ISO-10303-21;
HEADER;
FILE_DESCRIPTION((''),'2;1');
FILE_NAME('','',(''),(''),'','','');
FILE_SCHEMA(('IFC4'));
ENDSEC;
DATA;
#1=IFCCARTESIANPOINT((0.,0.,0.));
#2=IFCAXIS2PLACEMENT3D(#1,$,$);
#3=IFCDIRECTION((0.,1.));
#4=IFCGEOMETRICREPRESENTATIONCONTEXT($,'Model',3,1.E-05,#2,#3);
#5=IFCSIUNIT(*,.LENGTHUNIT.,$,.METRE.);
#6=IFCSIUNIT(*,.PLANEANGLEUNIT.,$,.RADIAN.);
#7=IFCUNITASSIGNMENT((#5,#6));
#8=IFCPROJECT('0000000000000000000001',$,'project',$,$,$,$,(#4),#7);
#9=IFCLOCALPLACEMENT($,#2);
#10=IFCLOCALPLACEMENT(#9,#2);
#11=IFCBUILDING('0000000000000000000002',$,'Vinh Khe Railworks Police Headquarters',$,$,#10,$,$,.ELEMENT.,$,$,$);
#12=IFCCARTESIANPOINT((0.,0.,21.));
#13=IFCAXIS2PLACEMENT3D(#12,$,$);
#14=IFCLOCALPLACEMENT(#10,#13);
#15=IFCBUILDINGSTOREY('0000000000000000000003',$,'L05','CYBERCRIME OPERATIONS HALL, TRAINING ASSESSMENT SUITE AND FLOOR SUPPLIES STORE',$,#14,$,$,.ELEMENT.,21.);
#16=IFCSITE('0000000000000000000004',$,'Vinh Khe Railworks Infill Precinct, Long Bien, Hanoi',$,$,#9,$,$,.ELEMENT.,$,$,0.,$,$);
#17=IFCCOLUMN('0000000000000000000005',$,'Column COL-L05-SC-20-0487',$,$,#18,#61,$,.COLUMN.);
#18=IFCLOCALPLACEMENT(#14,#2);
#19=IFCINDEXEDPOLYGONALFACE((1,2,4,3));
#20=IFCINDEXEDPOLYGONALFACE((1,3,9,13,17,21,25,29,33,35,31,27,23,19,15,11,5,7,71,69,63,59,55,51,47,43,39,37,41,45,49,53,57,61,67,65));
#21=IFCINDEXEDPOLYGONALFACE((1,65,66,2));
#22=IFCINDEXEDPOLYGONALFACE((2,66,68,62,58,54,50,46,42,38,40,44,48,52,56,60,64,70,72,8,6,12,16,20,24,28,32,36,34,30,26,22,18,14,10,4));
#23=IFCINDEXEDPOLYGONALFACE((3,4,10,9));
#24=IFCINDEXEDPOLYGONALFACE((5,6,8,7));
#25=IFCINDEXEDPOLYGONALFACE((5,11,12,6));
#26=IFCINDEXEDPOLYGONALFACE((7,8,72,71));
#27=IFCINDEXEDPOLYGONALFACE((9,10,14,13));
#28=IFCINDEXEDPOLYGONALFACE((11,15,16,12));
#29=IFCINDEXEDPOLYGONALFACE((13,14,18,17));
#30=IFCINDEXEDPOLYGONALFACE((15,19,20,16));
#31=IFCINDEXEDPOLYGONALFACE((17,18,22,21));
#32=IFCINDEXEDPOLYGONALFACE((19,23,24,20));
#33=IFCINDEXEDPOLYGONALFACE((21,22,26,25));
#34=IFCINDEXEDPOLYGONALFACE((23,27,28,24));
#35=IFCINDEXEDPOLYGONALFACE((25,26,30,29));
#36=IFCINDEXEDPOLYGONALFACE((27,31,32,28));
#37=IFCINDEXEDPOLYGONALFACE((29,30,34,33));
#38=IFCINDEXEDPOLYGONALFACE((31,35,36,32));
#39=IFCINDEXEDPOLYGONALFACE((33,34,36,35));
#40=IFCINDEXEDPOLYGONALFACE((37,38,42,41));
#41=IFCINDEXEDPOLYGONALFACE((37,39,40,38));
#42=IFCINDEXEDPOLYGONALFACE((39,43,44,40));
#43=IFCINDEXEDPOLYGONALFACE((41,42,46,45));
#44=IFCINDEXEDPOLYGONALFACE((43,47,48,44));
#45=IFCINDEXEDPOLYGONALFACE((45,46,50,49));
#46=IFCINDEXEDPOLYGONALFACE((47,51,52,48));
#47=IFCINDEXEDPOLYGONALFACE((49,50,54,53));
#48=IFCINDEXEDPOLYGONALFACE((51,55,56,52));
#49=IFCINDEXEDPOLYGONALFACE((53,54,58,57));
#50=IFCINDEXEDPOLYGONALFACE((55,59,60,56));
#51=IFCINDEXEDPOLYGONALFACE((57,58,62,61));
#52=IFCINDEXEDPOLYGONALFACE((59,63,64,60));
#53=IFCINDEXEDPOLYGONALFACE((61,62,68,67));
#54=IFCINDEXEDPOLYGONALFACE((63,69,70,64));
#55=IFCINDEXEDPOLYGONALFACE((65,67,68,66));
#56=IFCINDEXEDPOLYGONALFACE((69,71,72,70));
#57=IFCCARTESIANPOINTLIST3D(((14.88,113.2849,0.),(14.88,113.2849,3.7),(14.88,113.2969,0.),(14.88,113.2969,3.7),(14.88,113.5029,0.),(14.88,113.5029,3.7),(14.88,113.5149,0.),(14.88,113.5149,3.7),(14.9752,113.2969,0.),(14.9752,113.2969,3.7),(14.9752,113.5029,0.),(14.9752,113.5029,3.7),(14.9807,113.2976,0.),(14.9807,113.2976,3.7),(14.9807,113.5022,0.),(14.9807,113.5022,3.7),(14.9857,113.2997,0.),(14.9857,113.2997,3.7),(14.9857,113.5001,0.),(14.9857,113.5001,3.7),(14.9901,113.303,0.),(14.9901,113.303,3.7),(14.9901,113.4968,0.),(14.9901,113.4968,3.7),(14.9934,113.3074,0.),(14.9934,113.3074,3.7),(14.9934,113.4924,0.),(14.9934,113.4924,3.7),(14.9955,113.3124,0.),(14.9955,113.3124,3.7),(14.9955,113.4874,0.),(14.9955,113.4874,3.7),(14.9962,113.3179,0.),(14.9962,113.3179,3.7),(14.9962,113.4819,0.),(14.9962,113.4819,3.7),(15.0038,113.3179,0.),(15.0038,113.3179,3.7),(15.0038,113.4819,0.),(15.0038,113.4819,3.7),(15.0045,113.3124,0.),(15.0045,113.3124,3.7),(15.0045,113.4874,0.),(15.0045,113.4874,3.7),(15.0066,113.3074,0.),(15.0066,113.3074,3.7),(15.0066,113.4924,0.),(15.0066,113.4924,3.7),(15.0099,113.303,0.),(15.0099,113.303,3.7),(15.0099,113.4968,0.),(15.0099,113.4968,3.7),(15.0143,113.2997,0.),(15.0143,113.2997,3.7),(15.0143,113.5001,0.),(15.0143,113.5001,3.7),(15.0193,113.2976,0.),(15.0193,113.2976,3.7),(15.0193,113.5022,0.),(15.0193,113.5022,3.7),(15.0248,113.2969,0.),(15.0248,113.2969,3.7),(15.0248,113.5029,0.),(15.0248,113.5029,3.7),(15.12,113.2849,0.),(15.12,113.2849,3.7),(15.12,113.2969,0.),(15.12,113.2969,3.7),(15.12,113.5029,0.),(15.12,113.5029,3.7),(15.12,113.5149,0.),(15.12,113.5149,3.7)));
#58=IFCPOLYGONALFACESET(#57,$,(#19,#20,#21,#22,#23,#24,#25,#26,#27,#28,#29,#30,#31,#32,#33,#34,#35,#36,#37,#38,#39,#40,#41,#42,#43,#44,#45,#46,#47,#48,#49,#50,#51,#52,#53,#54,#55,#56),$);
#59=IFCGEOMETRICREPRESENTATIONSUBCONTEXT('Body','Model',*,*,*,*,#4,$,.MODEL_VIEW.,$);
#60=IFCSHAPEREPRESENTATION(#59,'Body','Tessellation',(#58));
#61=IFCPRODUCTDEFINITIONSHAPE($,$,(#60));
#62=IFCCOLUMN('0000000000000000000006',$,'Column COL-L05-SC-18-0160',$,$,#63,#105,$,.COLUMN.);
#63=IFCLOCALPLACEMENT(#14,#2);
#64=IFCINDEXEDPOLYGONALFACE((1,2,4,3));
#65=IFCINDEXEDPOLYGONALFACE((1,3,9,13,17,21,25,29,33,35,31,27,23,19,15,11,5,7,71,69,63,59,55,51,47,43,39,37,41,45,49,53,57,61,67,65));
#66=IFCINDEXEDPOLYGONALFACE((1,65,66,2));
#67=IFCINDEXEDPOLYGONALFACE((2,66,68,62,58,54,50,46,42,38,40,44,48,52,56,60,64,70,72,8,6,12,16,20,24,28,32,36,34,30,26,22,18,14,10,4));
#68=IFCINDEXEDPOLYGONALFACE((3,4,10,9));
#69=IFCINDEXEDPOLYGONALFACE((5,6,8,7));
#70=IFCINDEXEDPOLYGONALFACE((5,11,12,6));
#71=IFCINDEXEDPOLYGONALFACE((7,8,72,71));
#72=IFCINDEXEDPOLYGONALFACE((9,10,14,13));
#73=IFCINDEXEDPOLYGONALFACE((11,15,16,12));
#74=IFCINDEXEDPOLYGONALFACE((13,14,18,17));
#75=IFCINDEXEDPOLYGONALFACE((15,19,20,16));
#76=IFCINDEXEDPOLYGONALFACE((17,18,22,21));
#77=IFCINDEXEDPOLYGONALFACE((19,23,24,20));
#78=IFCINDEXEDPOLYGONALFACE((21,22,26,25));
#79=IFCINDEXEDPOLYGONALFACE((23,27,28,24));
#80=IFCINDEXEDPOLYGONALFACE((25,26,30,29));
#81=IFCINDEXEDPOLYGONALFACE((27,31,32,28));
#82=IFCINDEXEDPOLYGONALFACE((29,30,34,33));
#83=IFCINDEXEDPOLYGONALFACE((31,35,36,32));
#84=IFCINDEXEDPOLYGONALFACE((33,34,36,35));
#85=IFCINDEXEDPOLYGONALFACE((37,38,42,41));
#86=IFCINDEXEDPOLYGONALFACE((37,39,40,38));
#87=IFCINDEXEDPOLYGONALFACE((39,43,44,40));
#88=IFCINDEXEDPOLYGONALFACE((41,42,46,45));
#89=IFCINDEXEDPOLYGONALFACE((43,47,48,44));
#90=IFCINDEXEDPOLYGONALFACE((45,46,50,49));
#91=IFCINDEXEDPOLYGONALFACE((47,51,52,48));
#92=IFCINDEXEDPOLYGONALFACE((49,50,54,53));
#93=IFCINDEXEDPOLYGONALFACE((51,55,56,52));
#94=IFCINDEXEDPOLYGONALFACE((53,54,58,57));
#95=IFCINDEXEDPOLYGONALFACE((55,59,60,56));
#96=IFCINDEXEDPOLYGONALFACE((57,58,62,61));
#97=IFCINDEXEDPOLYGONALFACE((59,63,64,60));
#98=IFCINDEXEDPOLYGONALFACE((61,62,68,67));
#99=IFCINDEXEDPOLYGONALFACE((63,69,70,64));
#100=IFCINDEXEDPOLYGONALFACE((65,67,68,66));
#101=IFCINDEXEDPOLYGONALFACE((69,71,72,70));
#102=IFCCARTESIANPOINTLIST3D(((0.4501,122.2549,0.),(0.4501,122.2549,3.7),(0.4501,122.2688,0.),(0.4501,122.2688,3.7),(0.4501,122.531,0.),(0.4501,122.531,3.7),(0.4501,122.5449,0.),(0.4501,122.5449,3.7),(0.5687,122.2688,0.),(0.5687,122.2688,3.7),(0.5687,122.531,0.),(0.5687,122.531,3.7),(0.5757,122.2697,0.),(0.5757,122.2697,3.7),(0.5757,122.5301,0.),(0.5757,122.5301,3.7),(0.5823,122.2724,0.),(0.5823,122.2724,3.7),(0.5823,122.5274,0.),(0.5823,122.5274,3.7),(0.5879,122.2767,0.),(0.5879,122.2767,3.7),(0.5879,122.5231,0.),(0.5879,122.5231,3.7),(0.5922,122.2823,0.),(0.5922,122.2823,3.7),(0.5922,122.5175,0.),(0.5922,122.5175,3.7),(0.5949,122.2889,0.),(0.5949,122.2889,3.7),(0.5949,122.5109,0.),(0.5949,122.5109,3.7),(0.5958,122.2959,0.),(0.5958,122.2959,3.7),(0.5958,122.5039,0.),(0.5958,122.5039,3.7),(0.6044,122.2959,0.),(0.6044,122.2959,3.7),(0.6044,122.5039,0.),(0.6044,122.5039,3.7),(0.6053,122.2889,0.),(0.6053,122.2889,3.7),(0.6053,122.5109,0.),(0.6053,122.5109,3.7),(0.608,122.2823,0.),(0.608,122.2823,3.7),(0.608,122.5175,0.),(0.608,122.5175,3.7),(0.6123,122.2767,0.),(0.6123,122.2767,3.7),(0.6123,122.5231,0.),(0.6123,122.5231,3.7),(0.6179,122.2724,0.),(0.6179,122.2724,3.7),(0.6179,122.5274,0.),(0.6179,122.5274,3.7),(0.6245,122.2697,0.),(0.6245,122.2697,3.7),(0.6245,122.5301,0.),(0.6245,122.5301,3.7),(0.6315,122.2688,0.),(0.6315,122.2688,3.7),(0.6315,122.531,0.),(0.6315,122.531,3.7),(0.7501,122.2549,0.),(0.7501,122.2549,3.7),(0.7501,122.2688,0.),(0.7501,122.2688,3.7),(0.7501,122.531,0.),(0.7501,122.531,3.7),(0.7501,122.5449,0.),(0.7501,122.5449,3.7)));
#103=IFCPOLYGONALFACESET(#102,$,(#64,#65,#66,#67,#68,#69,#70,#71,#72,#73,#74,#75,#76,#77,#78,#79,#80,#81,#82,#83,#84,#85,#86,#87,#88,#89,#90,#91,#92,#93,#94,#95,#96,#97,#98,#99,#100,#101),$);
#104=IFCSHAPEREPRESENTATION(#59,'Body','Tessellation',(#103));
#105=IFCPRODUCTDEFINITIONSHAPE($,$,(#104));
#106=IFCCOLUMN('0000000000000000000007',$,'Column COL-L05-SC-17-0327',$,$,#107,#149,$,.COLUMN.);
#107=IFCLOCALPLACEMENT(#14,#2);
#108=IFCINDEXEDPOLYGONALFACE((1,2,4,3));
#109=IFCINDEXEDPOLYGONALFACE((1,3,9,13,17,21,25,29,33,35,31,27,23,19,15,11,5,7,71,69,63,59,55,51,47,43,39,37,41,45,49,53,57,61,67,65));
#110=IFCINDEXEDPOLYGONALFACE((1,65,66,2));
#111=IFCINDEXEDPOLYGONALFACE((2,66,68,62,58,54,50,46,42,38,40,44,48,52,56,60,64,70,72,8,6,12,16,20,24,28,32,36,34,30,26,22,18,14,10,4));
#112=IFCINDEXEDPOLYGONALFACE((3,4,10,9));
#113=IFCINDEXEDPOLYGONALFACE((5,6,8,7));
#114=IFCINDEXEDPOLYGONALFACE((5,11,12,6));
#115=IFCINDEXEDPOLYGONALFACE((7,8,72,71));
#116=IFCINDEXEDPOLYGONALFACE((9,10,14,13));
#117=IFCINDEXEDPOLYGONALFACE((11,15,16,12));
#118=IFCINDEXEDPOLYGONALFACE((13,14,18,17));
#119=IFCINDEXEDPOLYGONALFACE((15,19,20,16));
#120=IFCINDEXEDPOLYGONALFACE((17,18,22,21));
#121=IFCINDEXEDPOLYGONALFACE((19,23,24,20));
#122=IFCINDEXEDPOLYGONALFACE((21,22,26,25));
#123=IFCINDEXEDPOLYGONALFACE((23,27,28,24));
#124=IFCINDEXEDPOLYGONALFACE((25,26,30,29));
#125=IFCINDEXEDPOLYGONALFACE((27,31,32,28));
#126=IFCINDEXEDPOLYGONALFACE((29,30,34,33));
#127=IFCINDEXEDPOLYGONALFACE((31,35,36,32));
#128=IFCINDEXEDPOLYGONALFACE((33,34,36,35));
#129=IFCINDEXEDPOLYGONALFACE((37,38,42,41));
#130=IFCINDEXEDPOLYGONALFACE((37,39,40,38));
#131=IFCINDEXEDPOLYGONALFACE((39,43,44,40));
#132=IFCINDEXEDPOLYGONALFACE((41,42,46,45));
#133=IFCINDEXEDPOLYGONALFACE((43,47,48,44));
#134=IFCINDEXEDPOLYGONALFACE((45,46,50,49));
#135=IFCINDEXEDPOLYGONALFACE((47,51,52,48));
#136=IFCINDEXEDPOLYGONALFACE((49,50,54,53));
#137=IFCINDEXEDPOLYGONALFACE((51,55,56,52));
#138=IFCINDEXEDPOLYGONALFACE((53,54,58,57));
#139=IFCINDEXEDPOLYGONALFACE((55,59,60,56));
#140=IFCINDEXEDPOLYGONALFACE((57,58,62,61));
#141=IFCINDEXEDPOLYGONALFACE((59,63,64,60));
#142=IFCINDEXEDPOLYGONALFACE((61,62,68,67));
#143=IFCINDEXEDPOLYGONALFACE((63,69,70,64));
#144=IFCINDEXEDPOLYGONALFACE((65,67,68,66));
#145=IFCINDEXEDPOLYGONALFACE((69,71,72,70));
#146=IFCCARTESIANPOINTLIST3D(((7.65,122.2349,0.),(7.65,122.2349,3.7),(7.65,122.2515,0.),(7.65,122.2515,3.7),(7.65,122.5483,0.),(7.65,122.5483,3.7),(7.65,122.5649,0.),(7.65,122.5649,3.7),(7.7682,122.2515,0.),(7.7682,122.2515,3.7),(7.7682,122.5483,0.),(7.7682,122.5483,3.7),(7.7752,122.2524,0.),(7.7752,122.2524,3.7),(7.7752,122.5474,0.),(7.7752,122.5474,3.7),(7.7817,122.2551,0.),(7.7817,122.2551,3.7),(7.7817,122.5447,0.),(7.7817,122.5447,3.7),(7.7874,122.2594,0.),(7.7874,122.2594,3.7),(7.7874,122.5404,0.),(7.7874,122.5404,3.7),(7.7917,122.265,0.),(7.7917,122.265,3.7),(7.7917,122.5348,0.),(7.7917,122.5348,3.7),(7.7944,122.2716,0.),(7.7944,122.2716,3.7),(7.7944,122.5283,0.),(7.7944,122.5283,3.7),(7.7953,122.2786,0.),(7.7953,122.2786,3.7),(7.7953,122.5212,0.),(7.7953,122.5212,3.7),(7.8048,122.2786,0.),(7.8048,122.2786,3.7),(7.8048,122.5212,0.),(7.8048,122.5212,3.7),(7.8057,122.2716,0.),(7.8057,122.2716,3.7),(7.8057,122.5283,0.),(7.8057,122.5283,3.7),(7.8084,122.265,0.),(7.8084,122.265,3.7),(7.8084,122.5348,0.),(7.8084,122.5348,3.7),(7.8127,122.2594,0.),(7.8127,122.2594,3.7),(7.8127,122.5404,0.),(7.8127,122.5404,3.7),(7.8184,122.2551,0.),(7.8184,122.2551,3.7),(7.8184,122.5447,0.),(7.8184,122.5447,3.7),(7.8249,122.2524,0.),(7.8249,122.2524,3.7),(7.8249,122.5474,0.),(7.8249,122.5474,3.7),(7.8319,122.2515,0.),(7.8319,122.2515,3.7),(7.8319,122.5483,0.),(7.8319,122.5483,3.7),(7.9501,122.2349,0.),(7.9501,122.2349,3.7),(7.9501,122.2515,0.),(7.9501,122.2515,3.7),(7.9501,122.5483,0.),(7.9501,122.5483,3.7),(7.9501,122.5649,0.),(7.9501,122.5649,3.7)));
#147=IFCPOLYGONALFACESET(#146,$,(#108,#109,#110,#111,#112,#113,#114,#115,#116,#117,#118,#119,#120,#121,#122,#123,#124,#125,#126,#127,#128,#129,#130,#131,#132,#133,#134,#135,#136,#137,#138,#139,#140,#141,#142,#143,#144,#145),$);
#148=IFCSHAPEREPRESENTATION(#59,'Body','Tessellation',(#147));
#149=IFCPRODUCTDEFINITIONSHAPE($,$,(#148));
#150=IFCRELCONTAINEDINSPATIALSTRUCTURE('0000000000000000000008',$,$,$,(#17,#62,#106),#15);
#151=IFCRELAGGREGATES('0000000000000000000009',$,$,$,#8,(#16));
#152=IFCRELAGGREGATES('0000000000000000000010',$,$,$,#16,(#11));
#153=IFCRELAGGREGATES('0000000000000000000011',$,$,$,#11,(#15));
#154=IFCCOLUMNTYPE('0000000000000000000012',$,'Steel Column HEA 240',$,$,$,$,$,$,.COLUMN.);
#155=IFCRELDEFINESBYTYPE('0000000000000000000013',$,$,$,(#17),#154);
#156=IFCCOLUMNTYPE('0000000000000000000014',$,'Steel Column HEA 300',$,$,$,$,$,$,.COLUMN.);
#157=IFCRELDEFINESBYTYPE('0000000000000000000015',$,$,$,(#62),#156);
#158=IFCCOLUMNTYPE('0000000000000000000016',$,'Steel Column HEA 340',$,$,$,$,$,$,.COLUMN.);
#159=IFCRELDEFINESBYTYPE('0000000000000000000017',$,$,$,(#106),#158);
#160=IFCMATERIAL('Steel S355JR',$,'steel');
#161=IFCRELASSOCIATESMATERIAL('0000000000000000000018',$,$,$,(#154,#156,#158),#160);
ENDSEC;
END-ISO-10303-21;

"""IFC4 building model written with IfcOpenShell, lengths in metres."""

from ifc_helpers import new_model, si_unit, direction, frame, origin, origin_2d, place, context, subcontext, project, spatial, i_section, extrude, material, material_profile, profile_set, type_object, element, save


model = new_model("IFC4")

# Units and contexts
model_context = context("Model", 3, precision=1e-05, world=origin(), true_north=direction((0.0, 1.0)))
body_context = subcontext(model_context, "Body", "Model", "MODEL_VIEW")
ifc_project = project(units=[si_unit("LENGTHUNIT", "METRE"), si_unit("PLANEANGLEUNIT", "RADIAN")], contexts=[model_context])

# Site, building, storey
site_placement = place(None, origin())
site = spatial("IfcSite", under=ifc_project, at=site_placement, Name="Vinh Khe Railworks Infill Precinct, Long Bien, Hanoi", CompositionType="ELEMENT", RefElevation=0.0)
building_placement = place(site_placement, origin())
building = spatial("IfcBuilding", under=site, at=building_placement, Name="Vinh Khe Railworks Police Headquarters", CompositionType="ELEMENT")
storey_placement = place(building_placement, frame((0.0, 0.0, 21.0)))
storey = spatial("IfcBuildingStorey", under=building, at=storey_placement, Name="L05", Description="CYBERCRIME OPERATIONS HALL, TRAINING ASSESSMENT SUITE AND FLOOR SUPPLIES STORE", CompositionType="ELEMENT", Elevation=21.0)

# Columns
ifc_material_1 = material(Name="Steel S355JR", Category="steel")
ifc_material_profile_1 = material_profile(ifc_material_1, i_section(OverallWidth=0.24, OverallDepth=0.23, WebThickness=0.0076, FlangeThickness=0.012, FilletRadius=0.021, at=origin_2d()), Name="HEA 240")
ifc_profile_set_1 = profile_set([ifc_material_profile_1], Name="Steel S355JR")
column_type_1 = type_object("IfcColumnType", Name="Steel Column HEA 240", PredefinedType="COLUMN", material=ifc_profile_set_1)
column_1_placement = place(storey_placement, frame((15.0, 113.3999, 0.0), z_axis=(0.0, 0.0, 1.0), x_axis=(1.0, 0.0, 0.0)))
element("IfcColumn", 1, at=column_1_placement, inside=storey, type_object=column_type_1, Name="Column COL-L05-SC-20-0487", PredefinedType="COLUMN", context=body_context, shape_type="SweptSolid", body=[
    extrude(i_section(OverallWidth=0.24, OverallDepth=0.23, WebThickness=0.0076, FlangeThickness=0.012, FilletRadius=0.021, at=origin_2d()), origin(), (0.0, 0.0, 1.0), 3.7),
])
ifc_material_profile_2 = material_profile(ifc_material_1, i_section(OverallWidth=0.3, OverallDepth=0.29, WebThickness=0.0085, FlangeThickness=0.0139, FilletRadius=0.0271, at=origin_2d()), Name="HEA 300")
ifc_profile_set_2 = profile_set([ifc_material_profile_2], Name="Steel S355JR")
column_type_2 = type_object("IfcColumnType", Name="Steel Column HEA 300", PredefinedType="COLUMN", material=ifc_profile_set_2)
column_2_placement = place(storey_placement, frame((0.6001, 122.3999, 0.0), z_axis=(0.0, 0.0, 1.0), x_axis=(1.0, 0.0, 0.0)))
element("IfcColumn", 2, at=column_2_placement, inside=storey, type_object=column_type_2, Name="Column COL-L05-SC-18-0160", PredefinedType="COLUMN", context=body_context, shape_type="SweptSolid", body=[
    extrude(i_section(OverallWidth=0.3, OverallDepth=0.29, WebThickness=0.0085, FlangeThickness=0.0139, FilletRadius=0.0271, at=origin_2d()), origin(), (0.0, 0.0, 1.0), 3.7),
])
ifc_material_profile_3 = material_profile(ifc_material_1, i_section(OverallWidth=0.3, OverallDepth=0.3301, WebThickness=0.0095, FlangeThickness=0.0166, FilletRadius=0.0271, at=origin_2d()), Name="HEA 340")
ifc_profile_set_3 = profile_set([ifc_material_profile_3], Name="Steel S355JR")
column_type_3 = type_object("IfcColumnType", Name="Steel Column HEA 340", PredefinedType="COLUMN", material=ifc_profile_set_3)
column_3_placement = place(storey_placement, frame((7.8, 122.3999, 0.0), z_axis=(0.0, 0.0, 1.0), x_axis=(1.0, 0.0, 0.0)))
element("IfcColumn", 3, at=column_3_placement, inside=storey, type_object=column_type_3, Name="Column COL-L05-SC-17-0327", PredefinedType="COLUMN", context=body_context, shape_type="SweptSolid", body=[
    extrude(i_section(OverallWidth=0.3, OverallDepth=0.3301, WebThickness=0.0095, FlangeThickness=0.0166, FilletRadius=0.0271, at=origin_2d()), origin(), (0.0, 0.0, 1.0), 3.7),
])

save(model, "model.ifc")
